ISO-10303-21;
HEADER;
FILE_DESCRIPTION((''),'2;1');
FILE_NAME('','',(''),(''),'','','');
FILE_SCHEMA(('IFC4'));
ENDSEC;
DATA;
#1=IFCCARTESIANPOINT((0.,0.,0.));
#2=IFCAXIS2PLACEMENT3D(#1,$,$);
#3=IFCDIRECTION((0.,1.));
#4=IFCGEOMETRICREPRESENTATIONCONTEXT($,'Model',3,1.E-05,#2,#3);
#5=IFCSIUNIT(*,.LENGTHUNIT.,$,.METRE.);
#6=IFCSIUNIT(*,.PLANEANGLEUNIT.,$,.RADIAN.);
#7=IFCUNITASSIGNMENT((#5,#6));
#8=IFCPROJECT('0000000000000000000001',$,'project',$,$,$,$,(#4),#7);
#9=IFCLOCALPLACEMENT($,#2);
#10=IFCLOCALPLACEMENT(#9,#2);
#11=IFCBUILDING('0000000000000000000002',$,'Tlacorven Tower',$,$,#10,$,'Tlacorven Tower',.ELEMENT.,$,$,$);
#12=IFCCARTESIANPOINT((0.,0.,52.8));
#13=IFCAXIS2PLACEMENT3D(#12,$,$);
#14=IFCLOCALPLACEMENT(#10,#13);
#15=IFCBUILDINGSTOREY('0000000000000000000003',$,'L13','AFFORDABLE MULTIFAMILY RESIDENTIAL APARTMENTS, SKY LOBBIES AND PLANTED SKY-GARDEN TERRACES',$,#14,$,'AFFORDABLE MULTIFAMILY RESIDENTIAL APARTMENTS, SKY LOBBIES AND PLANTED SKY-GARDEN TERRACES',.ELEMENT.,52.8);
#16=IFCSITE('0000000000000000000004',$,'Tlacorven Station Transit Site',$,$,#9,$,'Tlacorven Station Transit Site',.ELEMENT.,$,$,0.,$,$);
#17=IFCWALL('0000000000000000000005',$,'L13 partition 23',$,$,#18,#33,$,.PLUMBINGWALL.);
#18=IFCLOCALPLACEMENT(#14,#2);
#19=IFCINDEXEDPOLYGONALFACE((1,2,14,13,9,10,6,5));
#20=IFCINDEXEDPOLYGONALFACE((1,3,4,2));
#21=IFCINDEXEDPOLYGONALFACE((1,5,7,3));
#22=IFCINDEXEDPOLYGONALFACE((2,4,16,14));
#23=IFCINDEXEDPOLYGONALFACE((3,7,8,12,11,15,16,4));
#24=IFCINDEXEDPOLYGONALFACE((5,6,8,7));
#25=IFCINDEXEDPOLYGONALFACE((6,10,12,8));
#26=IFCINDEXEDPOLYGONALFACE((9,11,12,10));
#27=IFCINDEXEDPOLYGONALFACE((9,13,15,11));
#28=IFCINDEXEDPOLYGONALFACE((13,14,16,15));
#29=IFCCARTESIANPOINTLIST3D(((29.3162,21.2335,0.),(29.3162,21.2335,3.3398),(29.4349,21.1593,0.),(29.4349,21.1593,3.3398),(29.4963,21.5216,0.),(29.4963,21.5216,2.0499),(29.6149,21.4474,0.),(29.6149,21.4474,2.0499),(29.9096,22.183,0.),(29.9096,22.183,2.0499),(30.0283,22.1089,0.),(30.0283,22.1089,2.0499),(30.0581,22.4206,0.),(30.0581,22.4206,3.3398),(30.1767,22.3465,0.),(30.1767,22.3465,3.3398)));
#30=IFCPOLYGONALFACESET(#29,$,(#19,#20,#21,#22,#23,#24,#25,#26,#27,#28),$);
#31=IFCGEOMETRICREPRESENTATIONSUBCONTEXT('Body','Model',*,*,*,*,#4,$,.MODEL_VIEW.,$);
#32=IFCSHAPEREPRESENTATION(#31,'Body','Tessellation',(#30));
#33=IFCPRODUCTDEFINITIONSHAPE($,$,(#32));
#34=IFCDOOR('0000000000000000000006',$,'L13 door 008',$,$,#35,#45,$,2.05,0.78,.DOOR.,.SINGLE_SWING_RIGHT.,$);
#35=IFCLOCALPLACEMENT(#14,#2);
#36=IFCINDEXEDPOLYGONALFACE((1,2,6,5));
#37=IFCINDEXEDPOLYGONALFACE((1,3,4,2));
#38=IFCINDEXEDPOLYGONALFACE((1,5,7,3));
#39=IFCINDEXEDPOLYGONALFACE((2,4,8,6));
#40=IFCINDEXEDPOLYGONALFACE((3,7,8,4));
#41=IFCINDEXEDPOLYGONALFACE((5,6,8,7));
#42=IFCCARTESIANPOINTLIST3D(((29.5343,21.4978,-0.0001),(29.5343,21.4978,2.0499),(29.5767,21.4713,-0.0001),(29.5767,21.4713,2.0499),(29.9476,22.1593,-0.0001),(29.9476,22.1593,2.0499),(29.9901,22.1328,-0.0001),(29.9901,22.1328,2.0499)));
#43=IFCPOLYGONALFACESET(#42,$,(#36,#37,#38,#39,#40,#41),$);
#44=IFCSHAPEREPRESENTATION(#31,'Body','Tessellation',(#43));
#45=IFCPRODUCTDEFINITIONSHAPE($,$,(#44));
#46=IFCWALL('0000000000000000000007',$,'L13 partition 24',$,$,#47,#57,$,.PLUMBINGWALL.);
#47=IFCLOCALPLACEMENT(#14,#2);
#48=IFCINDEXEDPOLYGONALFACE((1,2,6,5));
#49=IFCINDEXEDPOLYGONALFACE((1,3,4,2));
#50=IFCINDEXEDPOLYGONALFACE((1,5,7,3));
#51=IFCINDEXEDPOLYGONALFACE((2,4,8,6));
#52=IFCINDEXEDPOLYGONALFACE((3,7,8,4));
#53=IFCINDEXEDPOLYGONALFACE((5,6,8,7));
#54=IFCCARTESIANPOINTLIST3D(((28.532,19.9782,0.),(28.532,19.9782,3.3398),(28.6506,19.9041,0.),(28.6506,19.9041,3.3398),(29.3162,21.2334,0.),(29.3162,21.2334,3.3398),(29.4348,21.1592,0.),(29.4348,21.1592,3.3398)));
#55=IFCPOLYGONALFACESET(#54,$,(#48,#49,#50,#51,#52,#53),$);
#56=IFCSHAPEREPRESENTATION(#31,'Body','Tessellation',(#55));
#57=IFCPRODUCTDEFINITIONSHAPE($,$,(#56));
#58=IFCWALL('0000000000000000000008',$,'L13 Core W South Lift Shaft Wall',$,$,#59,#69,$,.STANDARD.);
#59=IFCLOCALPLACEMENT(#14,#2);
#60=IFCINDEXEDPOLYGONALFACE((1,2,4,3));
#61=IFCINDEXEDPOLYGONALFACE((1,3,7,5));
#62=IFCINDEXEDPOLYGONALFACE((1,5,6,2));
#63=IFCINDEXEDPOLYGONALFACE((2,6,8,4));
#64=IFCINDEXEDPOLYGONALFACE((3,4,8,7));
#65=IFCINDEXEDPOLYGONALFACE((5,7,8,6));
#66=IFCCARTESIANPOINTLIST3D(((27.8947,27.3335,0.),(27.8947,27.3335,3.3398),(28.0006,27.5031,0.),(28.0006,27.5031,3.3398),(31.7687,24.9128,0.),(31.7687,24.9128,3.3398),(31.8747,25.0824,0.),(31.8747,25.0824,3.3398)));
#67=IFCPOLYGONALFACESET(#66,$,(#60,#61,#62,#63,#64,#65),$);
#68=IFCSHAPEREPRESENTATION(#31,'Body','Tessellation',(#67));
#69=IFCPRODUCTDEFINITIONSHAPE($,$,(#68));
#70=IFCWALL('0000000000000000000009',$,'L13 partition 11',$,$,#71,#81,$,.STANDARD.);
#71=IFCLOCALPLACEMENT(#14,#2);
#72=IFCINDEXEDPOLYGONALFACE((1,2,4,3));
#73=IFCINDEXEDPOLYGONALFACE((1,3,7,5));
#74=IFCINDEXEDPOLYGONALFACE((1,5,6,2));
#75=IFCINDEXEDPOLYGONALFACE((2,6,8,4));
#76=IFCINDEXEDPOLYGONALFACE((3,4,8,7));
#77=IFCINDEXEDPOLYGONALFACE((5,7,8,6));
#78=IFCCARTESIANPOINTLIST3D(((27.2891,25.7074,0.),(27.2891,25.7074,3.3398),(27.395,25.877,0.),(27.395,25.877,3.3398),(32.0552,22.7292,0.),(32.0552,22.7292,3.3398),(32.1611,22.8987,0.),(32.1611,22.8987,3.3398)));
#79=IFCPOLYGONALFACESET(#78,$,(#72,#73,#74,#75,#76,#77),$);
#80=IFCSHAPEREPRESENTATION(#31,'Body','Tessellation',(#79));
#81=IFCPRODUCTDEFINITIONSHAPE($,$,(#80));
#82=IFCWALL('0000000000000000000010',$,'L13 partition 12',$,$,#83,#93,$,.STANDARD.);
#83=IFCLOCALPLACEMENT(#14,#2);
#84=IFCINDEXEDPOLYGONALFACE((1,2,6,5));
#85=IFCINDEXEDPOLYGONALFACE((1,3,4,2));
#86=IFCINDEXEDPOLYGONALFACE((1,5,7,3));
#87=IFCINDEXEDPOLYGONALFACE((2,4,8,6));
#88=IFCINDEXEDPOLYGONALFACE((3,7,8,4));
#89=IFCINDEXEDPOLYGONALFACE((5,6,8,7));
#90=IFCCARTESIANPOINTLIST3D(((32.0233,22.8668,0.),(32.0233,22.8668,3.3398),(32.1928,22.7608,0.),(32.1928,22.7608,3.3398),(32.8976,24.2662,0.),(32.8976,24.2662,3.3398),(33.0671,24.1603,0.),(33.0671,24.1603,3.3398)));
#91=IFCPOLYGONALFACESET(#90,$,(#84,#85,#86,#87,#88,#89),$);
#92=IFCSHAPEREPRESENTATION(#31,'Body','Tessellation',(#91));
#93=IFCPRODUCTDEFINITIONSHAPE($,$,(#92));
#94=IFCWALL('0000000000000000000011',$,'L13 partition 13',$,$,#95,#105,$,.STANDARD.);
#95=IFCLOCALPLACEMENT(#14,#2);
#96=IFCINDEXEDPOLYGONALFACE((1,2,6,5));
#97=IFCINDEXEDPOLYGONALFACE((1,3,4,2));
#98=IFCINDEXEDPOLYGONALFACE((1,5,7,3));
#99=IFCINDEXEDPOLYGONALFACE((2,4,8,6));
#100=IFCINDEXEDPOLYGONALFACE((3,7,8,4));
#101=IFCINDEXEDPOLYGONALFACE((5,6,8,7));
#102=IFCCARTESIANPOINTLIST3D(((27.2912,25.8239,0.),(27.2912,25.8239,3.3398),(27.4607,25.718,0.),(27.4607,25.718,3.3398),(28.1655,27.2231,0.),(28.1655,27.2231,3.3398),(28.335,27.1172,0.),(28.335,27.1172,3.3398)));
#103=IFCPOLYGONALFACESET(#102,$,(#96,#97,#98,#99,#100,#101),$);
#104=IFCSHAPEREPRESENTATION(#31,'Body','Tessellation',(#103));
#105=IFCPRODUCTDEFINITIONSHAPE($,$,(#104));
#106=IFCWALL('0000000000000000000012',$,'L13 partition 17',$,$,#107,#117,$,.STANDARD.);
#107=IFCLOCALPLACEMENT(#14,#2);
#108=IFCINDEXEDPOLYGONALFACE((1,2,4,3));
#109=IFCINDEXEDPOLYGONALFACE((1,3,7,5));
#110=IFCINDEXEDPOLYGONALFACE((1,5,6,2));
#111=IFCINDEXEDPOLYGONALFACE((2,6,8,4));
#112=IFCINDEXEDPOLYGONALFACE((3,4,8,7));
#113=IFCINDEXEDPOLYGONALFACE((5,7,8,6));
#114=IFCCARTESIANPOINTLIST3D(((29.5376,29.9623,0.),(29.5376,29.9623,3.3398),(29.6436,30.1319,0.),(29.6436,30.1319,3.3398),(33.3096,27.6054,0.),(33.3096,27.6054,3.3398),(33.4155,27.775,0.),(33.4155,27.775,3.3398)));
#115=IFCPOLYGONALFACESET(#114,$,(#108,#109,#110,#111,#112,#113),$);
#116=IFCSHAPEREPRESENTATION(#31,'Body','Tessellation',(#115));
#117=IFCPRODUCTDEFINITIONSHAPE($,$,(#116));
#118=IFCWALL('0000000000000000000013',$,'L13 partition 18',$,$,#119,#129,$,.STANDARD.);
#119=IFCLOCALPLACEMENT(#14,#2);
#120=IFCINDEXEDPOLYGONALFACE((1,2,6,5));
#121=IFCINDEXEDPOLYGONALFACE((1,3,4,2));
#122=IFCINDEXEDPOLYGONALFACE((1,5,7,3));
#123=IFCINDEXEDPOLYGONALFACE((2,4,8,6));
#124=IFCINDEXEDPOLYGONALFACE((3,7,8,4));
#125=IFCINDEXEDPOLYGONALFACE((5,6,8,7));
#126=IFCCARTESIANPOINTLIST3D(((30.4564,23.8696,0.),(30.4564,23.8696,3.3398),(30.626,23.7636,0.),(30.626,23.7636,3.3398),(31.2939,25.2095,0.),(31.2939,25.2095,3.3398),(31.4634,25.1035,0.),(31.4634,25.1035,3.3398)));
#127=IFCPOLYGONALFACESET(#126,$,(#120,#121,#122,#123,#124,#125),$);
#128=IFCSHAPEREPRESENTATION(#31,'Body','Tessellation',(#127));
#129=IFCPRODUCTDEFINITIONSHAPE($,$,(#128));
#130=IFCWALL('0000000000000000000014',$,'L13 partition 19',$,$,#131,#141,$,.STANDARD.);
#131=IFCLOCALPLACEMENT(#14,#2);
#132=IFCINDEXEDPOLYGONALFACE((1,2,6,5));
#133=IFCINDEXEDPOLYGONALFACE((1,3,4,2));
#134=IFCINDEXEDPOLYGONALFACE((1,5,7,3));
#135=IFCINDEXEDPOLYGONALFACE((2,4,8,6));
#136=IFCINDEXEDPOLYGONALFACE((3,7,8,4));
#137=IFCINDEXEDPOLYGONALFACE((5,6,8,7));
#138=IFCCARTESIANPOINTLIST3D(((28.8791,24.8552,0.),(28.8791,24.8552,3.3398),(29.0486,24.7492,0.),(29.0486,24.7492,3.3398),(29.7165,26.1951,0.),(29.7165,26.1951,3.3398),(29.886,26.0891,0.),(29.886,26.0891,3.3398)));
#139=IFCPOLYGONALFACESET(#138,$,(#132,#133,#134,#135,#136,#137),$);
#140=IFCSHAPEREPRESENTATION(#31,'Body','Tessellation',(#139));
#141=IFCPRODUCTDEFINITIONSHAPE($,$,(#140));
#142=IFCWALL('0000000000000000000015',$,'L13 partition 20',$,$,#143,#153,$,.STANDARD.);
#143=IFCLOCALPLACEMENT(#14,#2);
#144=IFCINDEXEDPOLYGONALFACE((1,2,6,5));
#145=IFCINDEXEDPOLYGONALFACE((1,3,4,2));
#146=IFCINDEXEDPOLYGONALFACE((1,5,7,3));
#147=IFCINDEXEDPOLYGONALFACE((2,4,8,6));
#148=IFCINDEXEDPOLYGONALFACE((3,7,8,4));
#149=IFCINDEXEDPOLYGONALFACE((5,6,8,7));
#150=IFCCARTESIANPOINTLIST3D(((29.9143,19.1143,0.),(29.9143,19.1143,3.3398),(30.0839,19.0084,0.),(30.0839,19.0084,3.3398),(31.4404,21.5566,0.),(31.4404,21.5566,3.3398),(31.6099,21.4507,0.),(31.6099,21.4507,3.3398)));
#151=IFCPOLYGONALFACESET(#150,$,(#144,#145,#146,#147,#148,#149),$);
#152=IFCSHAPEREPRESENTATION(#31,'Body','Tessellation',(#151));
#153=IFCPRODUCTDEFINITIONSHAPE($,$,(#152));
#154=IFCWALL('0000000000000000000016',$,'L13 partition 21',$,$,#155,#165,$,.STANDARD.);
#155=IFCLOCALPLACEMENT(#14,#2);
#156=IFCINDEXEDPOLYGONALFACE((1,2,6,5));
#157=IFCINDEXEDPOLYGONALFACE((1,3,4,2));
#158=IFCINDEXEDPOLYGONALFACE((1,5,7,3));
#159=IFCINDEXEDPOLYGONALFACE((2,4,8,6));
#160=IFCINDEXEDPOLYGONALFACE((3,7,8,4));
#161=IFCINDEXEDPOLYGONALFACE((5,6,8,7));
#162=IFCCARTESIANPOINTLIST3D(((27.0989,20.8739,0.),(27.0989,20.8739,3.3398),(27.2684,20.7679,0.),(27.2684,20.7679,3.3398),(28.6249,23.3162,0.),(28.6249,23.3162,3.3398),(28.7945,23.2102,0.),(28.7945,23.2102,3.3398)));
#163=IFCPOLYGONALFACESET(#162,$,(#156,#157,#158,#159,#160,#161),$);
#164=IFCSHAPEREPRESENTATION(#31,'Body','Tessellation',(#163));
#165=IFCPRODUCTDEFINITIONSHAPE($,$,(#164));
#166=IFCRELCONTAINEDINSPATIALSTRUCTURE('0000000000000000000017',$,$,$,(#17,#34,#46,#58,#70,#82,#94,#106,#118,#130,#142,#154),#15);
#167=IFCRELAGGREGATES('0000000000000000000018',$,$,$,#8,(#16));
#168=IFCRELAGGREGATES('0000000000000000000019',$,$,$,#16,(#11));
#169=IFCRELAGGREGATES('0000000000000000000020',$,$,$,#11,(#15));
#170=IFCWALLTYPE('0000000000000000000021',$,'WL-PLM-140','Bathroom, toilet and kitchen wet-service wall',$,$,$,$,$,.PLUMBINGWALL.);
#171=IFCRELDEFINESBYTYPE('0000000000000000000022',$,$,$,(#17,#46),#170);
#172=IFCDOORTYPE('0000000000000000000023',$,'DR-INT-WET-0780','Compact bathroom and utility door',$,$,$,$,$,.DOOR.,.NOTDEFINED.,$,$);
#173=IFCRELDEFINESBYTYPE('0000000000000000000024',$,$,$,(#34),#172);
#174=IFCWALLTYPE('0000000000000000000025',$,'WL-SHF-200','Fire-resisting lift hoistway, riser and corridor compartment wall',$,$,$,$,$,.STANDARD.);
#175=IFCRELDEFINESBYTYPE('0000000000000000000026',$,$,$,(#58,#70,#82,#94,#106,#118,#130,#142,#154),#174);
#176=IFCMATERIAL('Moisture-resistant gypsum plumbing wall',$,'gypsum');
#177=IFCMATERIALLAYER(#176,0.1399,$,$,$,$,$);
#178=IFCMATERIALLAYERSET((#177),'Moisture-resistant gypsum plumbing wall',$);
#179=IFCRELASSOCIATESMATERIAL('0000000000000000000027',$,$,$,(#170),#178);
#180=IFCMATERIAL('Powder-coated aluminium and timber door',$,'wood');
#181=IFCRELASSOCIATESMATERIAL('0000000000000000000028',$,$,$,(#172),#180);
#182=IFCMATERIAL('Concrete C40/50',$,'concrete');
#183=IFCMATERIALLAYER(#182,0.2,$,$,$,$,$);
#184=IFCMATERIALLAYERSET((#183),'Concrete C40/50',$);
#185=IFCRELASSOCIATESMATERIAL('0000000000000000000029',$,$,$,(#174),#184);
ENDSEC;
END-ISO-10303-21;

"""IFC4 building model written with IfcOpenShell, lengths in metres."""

from ifc_helpers import new_model, si_unit, direction, frame, frame_2d, origin, place, context, subcontext, project, spatial, rectangle, extrude, source, transform, mapped, material, layer, layer_set, type_object, element, fill, save


model = new_model("IFC4")

# Units and contexts
model_context = context("Model", 3, precision=1e-05, world=origin(), true_north=direction((0.0, 1.0)))
body_context = subcontext(model_context, "Body", "Model", "MODEL_VIEW")
ifc_project = project(units=[si_unit("LENGTHUNIT", "METRE"), si_unit("PLANEANGLEUNIT", "RADIAN")], contexts=[model_context])

# Site, building, storey
site_placement = place(None, origin())
site = spatial("IfcSite", under=ifc_project, at=site_placement, Name="Tlacorven Station Transit Site", LongName="Tlacorven Station Transit Site", CompositionType="ELEMENT", RefElevation=0.0)
building_placement = place(site_placement, origin())
building = spatial("IfcBuilding", under=site, at=building_placement, Name="Tlacorven Tower", LongName="Tlacorven Tower", CompositionType="ELEMENT")
storey_placement = place(building_placement, frame((0.0, 0.0, 52.8)))
storey = spatial("IfcBuildingStorey", under=building, at=storey_placement, Name="L13", Description="AFFORDABLE MULTIFAMILY RESIDENTIAL APARTMENTS, SKY LOBBIES AND PLANTED SKY-GARDEN TERRACES", LongName="AFFORDABLE MULTIFAMILY RESIDENTIAL APARTMENTS, SKY LOBBIES AND PLANTED SKY-GARDEN TERRACES", CompositionType="ELEMENT", Elevation=52.8)

# Wall, opening, door
ifc_material_1 = material(Name="Moisture-resistant gypsum plumbing wall", Category="gypsum")
ifc_layer_1 = layer(ifc_material_1, 0.1399)
ifc_layer_set_1 = layer_set([ifc_layer_1], Name="Moisture-resistant gypsum plumbing wall")
wall_type_1 = type_object("IfcWallType", Name="WL-PLM-140", Description="Bathroom, toilet and kitchen wet-service wall", PredefinedType="PLUMBINGWALL", material=ifc_layer_set_1)
wall_1_placement = place(storey_placement, frame((30.1174, 22.3835, 0.0), z_axis=(0.0, 0.0, 1.0), x_axis=(-0.529952, -0.848028, 0.0)))
wall_1 = element("IfcWall", 1, at=wall_1_placement, inside=storey, type_object=wall_type_1, Name="L13 partition 23", PredefinedType="PLUMBINGWALL", context=body_context, shape_type="SweptSolid", body=[
    extrude(rectangle(XDim=1.3999, YDim=0.1399, at=frame_2d((0.7, 0.0))), origin(), (0.0, 0.0, 1.0), 3.3398),
])
opening_1_placement = place(wall_1_placement, frame((0.28, 0.0, 0.0)))
opening_1 = element("IfcOpeningElement", 2, at=opening_1_placement, cuts=wall_1, PredefinedType="OPENING", context=body_context, shape_type="SweptSolid", body=[
    extrude(rectangle(XDim=0.78, YDim=2.05, at=frame_2d((0.3901, 1.0249))), frame((0.0, 0.0801, 0.0), z_axis=(0.0, -1.0, 0.0), x_axis=(1.0, 0.0, 0.0)), (0.0, 0.0, 1.0), 0.1599),
])
ifc_material_2 = material(Name="Powder-coated aluminium and timber door", Category="wood")
door_type_1 = type_object("IfcDoorType", Name="DR-INT-WET-0780", Description="Compact bathroom and utility door", OperationType="NOTDEFINED", PredefinedType="DOOR", material=ifc_material_2)
shared_shape_1 = source(origin(), body_context, "Body", "SweptSolid", [
    extrude(rectangle(XDim=0.78, YDim=2.05, at=frame_2d((0.3901, 1.0249))), frame((0.0, 0.0249, 0.0), z_axis=(0.0, -1.0, 0.0), x_axis=(1.0, 0.0, 0.0)), (0.0, 0.0, 1.0), 0.05),
])
door_1_placement = place(opening_1_placement, origin())
door_1 = element("IfcDoor", 3, at=door_1_placement, inside=storey, type_object=door_type_1, Name="L13 door 008", OperationType="SINGLE_SWING_RIGHT", OverallHeight=2.05, OverallWidth=0.78, PredefinedType="DOOR", context=body_context, shape_type="MappedRepresentation", body=[
    mapped(shared_shape_1, transform((0.0, 0.0, 0.0), scale=1.0)),
])
fill(opening_1, door_1)

# Walls
wall_2_placement = place(storey_placement, frame((29.3755, 21.1963, 0.0), z_axis=(0.0, 0.0, 1.0), x_axis=(-0.529865, -0.848082, 0.0)))
element("IfcWall", 4, at=wall_2_placement, inside=storey, type_object=wall_type_1, Name="L13 partition 24", PredefinedType="PLUMBINGWALL", context=body_context, shape_type="SweptSolid", body=[
    extrude(rectangle(XDim=1.48, YDim=0.1399, at=frame_2d((0.74, 0.0))), origin(), (0.0, 0.0, 1.0), 3.3398),
])
ifc_material_3 = material(Name="Concrete C40/50", Category="concrete")
ifc_layer_2 = layer(ifc_material_3, 0.2)
ifc_layer_set_2 = layer_set([ifc_layer_2], Name="Concrete C40/50")
wall_type_2 = type_object("IfcWallType", Name="WL-SHF-200", Description="Fire-resisting lift hoistway, riser and corridor compartment wall", PredefinedType="STANDARD", material=ifc_layer_set_2)
wall_3_placement = place(storey_placement, frame((31.8218, 24.9976, 0.0), z_axis=(0.0, 0.0, 1.0), x_axis=(-0.848058, 0.529903, 0.0)))
element("IfcWall", 5, at=wall_3_placement, inside=storey, type_object=wall_type_2, Name="L13 Core W South Lift Shaft Wall", PredefinedType="STANDARD", context=body_context, shape_type="SweptSolid", body=[
    extrude(rectangle(XDim=4.5681, YDim=0.2, at=frame_2d((2.2842, 0.0))), origin(), (0.0, 0.0, 1.0), 3.3398),
])
wall_4_placement = place(storey_placement, frame((32.1082, 22.814, 0.0), z_axis=(0.0, 0.0, 1.0), x_axis=(-0.848042, 0.529929, 0.0)))
element("IfcWall", 6, at=wall_4_placement, inside=storey, type_object=wall_type_2, Name="L13 partition 11", PredefinedType="STANDARD", context=body_context, shape_type="SweptSolid", body=[
    extrude(rectangle(XDim=5.6201, YDim=0.2, at=frame_2d((2.8101, 0.0))), origin(), (0.0, 0.0, 1.0), 3.3398),
])
wall_5_placement = place(storey_placement, frame((32.9824, 24.2134, 0.0), z_axis=(0.0, 0.0, 1.0), x_axis=(-0.529839, -0.848098, 0.0)))
element("IfcWall", 7, at=wall_5_placement, inside=storey, type_object=wall_type_2, Name="L13 partition 12", PredefinedType="STANDARD", context=body_context, shape_type="SweptSolid", body=[
    extrude(rectangle(XDim=1.6501, YDim=0.2, at=frame_2d((0.8252, 0.0))), origin(), (0.0, 0.0, 1.0), 3.3398),
])
wall_6_placement = place(storey_placement, frame((28.2502, 27.1702, 0.0), z_axis=(0.0, 0.0, 1.0), x_axis=(-0.529906, -0.848056, 0.0)))
element("IfcWall", 8, at=wall_6_placement, inside=storey, type_object=wall_type_2, Name="L13 partition 13", PredefinedType="STANDARD", context=body_context, shape_type="SweptSolid", body=[
    extrude(rectangle(XDim=1.6499, YDim=0.2, at=frame_2d((0.825, 0.0))), origin(), (0.0, 0.0, 1.0), 3.3398),
])
wall_7_placement = place(storey_placement, frame((33.3625, 27.6902, 0.0), z_axis=(0.0, 0.0, 1.0), x_axis=(-0.848054, 0.52991, 0.0)))
element("IfcWall", 9, at=wall_7_placement, inside=storey, type_object=wall_type_2, Name="L13 partition 17", PredefinedType="STANDARD", context=body_context, shape_type="SweptSolid", body=[
    extrude(rectangle(XDim=4.4478, YDim=0.2, at=frame_2d((2.2239, 0.0))), origin(), (0.0, 0.0, 1.0), 3.3398),
])
for number, where, z_axis, x_axis, name in (
    (10, (31.3787, 25.1565, 0.0), (0.0, 0.0, 1.0), (-0.529999, -0.847998, 0.0), "L13 partition 18"),
    (11, (29.8013, 26.1421, 0.0), (0.0, 0.0, 1.0), (-0.529999, -0.847998, 0.0), "L13 partition 19"),
):
    element("IfcWall", number, at=place(storey_placement, frame(where, z_axis=z_axis, x_axis=x_axis)), inside=storey, type_object=wall_type_2, Name=name, PredefinedType="STANDARD", context=body_context, shape_type="SweptSolid", body=[
        extrude(rectangle(XDim=1.5801, YDim=0.2, at=frame_2d((0.79, 0.0))), origin(), (0.0, 0.0, 1.0), 3.3398),
    ])
for number, where, z_axis, x_axis, name in (
    (12, (31.5251, 21.5037, 0.0), (0.0, 0.0, 1.0), (-0.529907, -0.848055, 0.0), "L13 partition 20"),
    (13, (28.7097, 23.2632, 0.0), (0.0, 0.0, 1.0), (-0.529907, -0.848055, 0.0), "L13 partition 21"),
):
    element("IfcWall", number, at=place(storey_placement, frame(where, z_axis=z_axis, x_axis=x_axis)), inside=storey, type_object=wall_type_2, Name=name, PredefinedType="STANDARD", context=body_context, shape_type="SweptSolid", body=[
        extrude(rectangle(XDim=2.8799, YDim=0.2, at=frame_2d((1.4399, 0.0))), origin(), (0.0, 0.0, 1.0), 3.3398),
    ])

save(model, "model.ifc")
